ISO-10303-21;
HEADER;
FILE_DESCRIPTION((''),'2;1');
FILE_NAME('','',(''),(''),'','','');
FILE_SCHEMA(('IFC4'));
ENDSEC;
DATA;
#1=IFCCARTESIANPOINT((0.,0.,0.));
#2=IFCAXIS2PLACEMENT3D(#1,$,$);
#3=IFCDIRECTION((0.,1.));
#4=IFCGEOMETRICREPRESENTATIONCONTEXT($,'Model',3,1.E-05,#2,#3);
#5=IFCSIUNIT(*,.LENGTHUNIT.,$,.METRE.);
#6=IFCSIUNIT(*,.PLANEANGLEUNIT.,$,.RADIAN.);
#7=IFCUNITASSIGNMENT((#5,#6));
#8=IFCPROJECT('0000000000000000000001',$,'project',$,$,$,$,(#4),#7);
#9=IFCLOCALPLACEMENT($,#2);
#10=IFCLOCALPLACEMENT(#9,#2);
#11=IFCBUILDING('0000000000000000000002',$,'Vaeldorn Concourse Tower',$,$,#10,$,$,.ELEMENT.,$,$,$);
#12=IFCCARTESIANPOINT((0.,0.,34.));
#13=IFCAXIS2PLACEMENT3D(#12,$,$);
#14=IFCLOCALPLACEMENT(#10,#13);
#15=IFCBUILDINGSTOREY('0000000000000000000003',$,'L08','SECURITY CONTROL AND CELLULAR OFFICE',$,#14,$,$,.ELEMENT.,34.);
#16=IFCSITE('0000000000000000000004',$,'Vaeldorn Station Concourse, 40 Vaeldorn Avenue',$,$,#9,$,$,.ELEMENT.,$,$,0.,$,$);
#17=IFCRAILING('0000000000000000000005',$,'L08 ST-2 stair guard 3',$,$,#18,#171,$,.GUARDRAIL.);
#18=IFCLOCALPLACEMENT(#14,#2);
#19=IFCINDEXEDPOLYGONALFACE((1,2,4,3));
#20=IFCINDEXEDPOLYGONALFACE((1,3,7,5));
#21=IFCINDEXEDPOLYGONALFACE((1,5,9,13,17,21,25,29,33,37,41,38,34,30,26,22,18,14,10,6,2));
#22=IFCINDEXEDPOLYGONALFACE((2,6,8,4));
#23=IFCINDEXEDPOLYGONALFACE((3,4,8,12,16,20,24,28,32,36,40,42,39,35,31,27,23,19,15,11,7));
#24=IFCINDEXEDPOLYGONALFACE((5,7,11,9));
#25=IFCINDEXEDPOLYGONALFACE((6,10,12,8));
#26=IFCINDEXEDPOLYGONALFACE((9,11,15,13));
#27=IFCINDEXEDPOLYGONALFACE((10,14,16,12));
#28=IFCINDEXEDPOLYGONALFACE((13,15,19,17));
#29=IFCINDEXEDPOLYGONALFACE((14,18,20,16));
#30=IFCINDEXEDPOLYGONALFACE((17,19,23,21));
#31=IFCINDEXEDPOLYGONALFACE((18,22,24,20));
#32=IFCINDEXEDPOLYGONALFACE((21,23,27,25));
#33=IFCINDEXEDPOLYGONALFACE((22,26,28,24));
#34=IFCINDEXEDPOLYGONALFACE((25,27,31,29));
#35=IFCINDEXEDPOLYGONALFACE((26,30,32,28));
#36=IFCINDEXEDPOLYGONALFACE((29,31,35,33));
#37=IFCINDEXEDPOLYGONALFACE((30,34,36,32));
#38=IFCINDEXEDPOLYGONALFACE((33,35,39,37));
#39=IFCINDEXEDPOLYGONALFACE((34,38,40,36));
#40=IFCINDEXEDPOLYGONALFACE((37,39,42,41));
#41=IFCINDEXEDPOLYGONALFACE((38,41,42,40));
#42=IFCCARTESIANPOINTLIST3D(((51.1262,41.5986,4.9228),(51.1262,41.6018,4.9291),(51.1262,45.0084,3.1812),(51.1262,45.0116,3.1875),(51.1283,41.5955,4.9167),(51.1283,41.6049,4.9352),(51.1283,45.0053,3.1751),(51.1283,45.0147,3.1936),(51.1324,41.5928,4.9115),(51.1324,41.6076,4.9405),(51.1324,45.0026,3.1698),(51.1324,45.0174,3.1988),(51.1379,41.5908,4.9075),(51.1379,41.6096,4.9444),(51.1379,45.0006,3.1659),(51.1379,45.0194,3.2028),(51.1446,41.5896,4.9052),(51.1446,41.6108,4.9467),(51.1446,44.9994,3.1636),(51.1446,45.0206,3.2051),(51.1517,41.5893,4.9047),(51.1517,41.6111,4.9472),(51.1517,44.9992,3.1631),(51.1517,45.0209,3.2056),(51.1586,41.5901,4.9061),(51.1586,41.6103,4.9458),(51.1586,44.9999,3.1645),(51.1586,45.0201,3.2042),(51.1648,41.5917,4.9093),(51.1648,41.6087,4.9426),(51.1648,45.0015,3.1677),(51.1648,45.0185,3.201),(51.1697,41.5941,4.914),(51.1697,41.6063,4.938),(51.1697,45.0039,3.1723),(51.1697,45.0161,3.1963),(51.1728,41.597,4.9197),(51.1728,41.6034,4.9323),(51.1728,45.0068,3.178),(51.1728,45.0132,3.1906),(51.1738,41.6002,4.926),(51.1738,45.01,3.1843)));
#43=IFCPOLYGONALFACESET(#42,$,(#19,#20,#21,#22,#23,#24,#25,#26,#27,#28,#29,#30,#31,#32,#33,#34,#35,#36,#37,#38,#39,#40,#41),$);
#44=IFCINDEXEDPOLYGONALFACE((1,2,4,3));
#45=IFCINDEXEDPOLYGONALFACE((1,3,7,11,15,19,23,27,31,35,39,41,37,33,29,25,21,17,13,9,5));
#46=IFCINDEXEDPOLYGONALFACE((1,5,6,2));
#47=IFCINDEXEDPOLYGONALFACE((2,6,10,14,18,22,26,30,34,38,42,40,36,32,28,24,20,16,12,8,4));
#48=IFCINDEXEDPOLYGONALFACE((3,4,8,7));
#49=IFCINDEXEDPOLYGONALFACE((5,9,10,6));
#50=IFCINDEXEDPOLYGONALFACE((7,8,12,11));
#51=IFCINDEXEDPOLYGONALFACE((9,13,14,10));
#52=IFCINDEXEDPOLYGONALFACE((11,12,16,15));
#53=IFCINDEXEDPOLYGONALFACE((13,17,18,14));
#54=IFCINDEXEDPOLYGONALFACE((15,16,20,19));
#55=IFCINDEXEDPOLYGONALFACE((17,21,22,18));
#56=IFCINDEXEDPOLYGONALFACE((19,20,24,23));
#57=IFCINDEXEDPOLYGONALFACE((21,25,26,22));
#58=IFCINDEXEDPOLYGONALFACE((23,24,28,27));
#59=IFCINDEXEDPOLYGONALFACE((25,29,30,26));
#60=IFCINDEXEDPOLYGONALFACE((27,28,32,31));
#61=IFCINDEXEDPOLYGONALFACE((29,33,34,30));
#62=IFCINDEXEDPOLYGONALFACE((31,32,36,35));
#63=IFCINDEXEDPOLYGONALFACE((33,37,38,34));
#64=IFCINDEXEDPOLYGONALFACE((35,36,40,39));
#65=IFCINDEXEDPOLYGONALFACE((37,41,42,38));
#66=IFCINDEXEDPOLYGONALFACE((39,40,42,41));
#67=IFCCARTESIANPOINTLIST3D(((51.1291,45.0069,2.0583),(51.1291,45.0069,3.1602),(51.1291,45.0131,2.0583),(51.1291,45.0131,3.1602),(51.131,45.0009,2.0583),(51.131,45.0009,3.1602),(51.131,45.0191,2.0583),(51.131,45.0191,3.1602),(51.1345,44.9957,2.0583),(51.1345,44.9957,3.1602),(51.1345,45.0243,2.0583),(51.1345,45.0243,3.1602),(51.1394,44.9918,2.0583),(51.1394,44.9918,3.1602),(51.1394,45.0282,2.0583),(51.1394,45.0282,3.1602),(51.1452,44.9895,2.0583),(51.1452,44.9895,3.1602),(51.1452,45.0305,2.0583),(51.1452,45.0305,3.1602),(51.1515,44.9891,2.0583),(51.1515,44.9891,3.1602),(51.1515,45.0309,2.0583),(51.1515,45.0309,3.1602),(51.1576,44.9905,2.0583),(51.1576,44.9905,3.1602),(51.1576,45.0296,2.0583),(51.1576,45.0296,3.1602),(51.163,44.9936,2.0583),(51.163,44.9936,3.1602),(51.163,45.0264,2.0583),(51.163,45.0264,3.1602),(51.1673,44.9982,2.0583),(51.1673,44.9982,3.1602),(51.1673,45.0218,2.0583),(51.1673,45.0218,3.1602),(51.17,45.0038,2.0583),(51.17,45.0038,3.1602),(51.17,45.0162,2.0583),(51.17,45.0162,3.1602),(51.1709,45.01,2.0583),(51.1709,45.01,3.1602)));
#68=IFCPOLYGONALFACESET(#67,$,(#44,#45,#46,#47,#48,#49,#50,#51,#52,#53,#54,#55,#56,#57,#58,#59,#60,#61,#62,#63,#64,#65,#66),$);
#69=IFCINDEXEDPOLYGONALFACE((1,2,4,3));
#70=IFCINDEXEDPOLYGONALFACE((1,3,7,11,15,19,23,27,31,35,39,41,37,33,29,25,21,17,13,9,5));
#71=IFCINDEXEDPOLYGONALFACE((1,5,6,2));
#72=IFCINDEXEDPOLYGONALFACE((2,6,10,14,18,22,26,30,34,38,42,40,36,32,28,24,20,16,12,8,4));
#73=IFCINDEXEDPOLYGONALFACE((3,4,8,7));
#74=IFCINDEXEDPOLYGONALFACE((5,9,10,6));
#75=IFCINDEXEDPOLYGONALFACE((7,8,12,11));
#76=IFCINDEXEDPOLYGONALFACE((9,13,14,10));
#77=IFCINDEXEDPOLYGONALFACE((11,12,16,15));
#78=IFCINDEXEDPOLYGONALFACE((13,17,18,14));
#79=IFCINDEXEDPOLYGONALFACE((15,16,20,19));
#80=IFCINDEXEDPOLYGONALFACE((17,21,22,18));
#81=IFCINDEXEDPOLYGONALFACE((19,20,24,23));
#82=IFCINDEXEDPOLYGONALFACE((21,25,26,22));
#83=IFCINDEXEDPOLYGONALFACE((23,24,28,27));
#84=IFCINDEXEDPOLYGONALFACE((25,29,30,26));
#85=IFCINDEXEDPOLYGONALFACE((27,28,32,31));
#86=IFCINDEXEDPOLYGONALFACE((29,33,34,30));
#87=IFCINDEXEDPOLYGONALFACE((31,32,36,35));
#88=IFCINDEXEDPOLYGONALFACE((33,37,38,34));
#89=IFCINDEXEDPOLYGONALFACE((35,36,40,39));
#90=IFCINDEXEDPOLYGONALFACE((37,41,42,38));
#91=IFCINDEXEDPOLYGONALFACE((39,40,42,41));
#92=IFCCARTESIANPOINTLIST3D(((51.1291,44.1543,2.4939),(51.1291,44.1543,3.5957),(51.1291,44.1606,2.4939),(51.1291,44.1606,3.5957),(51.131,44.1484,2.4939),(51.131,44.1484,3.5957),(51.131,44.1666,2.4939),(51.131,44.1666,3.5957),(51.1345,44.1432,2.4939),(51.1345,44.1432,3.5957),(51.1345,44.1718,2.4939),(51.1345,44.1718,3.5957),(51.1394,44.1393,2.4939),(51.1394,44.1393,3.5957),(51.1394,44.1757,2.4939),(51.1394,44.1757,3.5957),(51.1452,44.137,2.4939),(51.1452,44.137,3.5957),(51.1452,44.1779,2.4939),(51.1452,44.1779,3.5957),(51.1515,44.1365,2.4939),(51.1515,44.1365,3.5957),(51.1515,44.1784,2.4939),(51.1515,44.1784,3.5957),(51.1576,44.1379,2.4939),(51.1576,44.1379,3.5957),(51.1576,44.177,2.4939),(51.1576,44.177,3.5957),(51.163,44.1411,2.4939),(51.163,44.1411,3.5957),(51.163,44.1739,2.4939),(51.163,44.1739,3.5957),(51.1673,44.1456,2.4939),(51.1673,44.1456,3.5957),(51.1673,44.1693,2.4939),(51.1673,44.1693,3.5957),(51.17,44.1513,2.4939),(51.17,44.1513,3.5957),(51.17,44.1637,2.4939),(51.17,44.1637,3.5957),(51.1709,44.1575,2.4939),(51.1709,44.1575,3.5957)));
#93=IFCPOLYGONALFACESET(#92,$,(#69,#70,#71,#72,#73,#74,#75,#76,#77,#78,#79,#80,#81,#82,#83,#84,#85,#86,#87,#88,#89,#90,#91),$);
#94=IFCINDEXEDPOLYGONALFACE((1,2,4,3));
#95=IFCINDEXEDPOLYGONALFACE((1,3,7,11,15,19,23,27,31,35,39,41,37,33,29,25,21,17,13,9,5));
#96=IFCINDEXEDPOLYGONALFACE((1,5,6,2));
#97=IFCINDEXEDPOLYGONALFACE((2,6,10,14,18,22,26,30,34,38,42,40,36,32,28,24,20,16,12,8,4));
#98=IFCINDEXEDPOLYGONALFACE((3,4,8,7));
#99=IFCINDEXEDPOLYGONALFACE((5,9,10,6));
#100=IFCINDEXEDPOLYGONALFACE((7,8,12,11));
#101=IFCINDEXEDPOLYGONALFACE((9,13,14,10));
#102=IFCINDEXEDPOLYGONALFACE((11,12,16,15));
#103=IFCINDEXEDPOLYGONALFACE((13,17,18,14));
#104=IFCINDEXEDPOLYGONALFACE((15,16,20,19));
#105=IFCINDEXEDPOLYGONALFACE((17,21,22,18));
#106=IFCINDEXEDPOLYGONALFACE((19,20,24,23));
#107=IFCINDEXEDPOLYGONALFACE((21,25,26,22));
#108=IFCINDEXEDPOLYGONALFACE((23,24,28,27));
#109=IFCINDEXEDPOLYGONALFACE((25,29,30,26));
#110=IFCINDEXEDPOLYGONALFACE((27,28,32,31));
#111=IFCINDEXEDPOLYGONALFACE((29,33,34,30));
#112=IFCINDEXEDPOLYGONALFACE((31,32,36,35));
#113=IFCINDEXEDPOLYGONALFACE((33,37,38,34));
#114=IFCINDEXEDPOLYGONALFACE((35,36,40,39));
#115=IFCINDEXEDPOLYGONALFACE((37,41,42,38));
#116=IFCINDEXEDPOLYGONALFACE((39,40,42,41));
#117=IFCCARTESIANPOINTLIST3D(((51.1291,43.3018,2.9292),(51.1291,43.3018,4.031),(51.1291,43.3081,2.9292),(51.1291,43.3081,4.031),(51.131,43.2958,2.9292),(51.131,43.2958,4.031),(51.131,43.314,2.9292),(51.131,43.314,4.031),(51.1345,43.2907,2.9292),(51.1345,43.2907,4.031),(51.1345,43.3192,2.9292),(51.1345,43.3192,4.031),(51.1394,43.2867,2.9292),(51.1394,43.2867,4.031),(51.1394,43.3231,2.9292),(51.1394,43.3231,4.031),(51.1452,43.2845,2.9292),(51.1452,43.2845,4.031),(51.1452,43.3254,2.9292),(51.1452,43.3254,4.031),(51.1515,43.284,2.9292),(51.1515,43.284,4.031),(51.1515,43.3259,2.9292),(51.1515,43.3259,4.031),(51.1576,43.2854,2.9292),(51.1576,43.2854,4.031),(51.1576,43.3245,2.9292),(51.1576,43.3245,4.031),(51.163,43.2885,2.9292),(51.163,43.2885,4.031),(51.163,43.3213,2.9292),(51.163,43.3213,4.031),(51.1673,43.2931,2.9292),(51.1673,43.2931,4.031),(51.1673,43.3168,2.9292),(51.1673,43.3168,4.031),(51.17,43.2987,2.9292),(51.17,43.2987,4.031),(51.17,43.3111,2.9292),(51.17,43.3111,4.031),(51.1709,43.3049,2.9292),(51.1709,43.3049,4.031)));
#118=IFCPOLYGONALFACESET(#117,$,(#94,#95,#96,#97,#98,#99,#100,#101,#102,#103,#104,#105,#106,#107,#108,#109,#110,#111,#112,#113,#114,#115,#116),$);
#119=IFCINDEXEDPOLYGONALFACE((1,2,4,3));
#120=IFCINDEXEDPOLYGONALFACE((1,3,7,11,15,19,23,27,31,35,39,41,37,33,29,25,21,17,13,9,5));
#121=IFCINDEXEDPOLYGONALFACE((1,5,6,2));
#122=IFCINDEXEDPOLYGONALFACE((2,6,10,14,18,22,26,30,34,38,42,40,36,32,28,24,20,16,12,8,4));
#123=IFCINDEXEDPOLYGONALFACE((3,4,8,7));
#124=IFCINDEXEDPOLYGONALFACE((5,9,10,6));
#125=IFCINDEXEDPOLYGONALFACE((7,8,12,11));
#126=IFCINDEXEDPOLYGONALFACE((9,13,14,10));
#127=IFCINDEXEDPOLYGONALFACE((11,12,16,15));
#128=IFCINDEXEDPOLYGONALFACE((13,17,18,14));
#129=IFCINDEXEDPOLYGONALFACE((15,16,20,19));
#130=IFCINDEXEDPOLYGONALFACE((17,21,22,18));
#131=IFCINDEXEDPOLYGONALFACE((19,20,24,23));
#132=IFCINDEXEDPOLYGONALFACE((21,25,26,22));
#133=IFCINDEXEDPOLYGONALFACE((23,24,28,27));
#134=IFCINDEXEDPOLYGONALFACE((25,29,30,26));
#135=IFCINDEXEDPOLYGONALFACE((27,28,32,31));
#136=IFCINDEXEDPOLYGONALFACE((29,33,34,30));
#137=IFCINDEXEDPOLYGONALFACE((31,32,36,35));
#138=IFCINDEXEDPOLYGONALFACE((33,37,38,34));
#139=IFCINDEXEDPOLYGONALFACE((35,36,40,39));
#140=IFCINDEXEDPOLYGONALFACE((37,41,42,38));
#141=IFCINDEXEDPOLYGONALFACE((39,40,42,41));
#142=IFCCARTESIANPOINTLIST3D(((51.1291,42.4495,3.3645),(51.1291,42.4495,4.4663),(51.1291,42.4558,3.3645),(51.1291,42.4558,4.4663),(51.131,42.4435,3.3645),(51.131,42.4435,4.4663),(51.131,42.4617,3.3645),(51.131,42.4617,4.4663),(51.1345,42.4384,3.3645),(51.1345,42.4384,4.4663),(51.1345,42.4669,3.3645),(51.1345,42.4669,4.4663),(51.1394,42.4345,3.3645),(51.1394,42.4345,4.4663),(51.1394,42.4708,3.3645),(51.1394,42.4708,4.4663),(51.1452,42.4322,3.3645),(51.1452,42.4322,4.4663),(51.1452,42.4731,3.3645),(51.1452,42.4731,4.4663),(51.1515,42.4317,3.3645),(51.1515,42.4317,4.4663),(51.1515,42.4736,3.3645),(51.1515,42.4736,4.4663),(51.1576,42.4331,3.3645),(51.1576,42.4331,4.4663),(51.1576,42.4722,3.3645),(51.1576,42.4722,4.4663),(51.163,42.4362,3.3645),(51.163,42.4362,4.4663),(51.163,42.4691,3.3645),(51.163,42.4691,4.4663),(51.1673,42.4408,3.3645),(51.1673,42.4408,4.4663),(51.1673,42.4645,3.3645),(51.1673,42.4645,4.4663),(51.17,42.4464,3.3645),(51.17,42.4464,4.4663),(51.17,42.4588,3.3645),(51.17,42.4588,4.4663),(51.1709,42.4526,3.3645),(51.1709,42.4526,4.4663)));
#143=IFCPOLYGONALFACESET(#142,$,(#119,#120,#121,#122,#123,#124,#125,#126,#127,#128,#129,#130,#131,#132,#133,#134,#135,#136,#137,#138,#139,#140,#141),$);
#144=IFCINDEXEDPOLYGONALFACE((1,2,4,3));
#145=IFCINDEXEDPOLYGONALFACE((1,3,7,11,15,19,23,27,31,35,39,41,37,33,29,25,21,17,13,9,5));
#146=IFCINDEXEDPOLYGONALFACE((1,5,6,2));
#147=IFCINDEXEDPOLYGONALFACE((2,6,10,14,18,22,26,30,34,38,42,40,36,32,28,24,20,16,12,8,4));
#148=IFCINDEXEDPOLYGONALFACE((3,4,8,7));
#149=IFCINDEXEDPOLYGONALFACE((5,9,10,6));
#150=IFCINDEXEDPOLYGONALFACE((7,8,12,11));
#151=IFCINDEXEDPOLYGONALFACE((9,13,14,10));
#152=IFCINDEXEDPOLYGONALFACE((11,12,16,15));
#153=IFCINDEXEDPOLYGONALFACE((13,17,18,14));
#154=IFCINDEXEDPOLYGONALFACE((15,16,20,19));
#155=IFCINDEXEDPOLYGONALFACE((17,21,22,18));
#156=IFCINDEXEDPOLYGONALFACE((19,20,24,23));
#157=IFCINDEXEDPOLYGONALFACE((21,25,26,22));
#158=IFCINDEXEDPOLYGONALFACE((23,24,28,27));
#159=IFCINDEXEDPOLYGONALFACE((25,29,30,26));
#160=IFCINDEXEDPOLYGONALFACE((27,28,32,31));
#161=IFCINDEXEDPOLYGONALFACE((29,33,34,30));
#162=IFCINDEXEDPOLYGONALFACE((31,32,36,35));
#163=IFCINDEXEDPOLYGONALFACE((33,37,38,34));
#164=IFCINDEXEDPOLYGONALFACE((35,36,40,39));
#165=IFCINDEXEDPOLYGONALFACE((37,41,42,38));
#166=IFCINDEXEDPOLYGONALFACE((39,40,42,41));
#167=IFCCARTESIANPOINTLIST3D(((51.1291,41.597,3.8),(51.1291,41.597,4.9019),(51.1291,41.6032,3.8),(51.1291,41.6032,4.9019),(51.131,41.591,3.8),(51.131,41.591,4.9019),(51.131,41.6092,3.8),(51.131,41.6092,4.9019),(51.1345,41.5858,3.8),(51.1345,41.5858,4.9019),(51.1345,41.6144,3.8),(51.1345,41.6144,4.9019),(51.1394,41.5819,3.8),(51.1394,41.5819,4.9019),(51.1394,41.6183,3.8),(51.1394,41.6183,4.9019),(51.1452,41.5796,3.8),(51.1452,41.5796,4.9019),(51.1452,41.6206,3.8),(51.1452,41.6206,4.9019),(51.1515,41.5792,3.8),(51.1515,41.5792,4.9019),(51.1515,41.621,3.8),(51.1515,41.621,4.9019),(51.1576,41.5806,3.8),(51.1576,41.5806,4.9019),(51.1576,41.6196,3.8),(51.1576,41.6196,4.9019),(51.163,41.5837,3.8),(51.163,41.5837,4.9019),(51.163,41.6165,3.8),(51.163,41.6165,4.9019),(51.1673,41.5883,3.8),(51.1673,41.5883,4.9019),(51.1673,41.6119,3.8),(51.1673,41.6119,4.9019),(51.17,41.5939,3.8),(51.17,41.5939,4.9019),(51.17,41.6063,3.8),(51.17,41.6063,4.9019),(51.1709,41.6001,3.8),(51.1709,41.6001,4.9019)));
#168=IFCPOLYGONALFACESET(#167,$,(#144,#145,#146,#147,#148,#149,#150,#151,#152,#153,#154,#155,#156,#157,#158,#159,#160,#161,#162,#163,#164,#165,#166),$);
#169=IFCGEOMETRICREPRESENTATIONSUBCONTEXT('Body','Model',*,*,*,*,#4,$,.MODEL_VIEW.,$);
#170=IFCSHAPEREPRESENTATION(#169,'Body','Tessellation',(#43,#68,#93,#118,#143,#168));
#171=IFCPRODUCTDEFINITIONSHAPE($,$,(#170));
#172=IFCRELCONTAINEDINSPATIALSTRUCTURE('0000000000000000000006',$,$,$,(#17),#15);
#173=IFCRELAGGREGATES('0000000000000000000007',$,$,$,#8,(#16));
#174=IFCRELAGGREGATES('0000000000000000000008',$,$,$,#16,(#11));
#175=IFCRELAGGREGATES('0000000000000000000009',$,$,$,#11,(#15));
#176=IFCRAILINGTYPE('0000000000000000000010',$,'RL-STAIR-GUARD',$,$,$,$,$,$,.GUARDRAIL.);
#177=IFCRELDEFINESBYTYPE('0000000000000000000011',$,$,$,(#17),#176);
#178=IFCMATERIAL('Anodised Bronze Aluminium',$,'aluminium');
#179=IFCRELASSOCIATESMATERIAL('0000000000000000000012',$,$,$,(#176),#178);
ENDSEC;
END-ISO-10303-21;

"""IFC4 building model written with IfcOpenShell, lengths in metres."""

from ifc_helpers import new_model, si_unit, direction, frame, origin, origin_2d, place, context, subcontext, project, spatial, circle, extrude, material, type_object, element, save


model = new_model("IFC4")

# Units and contexts
model_context = context("Model", 3, precision=1e-05, world=origin(), true_north=direction((0.0, 1.0)))
body_context = subcontext(model_context, "Body", "Model", "MODEL_VIEW")
ifc_project = project(units=[si_unit("LENGTHUNIT", "METRE"), si_unit("PLANEANGLEUNIT", "RADIAN")], contexts=[model_context])

# Site, building, storey
site_placement = place(None, origin())
site = spatial("IfcSite", under=ifc_project, at=site_placement, Name="Vaeldorn Station Concourse, 40 Vaeldorn Avenue", CompositionType="ELEMENT", RefElevation=0.0)
building_placement = place(site_placement, origin())
building = spatial("IfcBuilding", under=site, at=building_placement, Name="Vaeldorn Concourse Tower", CompositionType="ELEMENT")
storey_placement = place(building_placement, frame((0.0, 0.0, 34.0)))
storey = spatial("IfcBuildingStorey", under=building, at=storey_placement, Name="L08", Description="SECURITY CONTROL AND CELLULAR OFFICE", CompositionType="ELEMENT", Elevation=34.0)

# Shared definitions
ifc_material_1 = material(Name="Anodised Bronze Aluminium", Category="aluminium")

# Railing
railing_type_1 = type_object("IfcRailingType", Name="RL-STAIR-GUARD", PredefinedType="GUARDRAIL", material=ifc_material_1)
railing_1_placement = place(storey_placement, frame((51.1499, 45.01, 2.0583)))
element("IfcRailing", 1, at=railing_1_placement, inside=storey, type_object=railing_type_1, Name="L08 ST-2 stair guard 3", PredefinedType="GUARDRAIL", context=body_context, shape_type="SweptSolid", body=[
    extrude(circle(Radius=0.0239, at=origin_2d()), frame((0.0, 0.0, 1.126), z_axis=(0.0, -0.890556, 0.454874), x_axis=(1.0, 0.0, 0.0)), (0.0, 0.0, 1.0), 3.8289),
    extrude(circle(Radius=0.021, at=origin_2d()), origin(), (0.0, 0.0, 1.0), 1.1018),
    extrude(circle(Radius=0.021, at=origin_2d()), frame((0.0, -0.8525, 0.4355)), (0.0, 0.0, 1.0), 1.1018),
    extrude(circle(Radius=0.021, at=origin_2d()), frame((0.0, -1.7051, 0.8708)), (0.0, 0.0, 1.0), 1.1018),
    extrude(circle(Radius=0.021, at=origin_2d()), frame((0.0, -2.5574, 1.3062)), (0.0, 0.0, 1.0), 1.1018),
    extrude(circle(Radius=0.021, at=origin_2d()), frame((0.0, -3.4099, 1.7417)), (0.0, 0.0, 1.0), 1.1018),
])

save(model, "model.ifc")
